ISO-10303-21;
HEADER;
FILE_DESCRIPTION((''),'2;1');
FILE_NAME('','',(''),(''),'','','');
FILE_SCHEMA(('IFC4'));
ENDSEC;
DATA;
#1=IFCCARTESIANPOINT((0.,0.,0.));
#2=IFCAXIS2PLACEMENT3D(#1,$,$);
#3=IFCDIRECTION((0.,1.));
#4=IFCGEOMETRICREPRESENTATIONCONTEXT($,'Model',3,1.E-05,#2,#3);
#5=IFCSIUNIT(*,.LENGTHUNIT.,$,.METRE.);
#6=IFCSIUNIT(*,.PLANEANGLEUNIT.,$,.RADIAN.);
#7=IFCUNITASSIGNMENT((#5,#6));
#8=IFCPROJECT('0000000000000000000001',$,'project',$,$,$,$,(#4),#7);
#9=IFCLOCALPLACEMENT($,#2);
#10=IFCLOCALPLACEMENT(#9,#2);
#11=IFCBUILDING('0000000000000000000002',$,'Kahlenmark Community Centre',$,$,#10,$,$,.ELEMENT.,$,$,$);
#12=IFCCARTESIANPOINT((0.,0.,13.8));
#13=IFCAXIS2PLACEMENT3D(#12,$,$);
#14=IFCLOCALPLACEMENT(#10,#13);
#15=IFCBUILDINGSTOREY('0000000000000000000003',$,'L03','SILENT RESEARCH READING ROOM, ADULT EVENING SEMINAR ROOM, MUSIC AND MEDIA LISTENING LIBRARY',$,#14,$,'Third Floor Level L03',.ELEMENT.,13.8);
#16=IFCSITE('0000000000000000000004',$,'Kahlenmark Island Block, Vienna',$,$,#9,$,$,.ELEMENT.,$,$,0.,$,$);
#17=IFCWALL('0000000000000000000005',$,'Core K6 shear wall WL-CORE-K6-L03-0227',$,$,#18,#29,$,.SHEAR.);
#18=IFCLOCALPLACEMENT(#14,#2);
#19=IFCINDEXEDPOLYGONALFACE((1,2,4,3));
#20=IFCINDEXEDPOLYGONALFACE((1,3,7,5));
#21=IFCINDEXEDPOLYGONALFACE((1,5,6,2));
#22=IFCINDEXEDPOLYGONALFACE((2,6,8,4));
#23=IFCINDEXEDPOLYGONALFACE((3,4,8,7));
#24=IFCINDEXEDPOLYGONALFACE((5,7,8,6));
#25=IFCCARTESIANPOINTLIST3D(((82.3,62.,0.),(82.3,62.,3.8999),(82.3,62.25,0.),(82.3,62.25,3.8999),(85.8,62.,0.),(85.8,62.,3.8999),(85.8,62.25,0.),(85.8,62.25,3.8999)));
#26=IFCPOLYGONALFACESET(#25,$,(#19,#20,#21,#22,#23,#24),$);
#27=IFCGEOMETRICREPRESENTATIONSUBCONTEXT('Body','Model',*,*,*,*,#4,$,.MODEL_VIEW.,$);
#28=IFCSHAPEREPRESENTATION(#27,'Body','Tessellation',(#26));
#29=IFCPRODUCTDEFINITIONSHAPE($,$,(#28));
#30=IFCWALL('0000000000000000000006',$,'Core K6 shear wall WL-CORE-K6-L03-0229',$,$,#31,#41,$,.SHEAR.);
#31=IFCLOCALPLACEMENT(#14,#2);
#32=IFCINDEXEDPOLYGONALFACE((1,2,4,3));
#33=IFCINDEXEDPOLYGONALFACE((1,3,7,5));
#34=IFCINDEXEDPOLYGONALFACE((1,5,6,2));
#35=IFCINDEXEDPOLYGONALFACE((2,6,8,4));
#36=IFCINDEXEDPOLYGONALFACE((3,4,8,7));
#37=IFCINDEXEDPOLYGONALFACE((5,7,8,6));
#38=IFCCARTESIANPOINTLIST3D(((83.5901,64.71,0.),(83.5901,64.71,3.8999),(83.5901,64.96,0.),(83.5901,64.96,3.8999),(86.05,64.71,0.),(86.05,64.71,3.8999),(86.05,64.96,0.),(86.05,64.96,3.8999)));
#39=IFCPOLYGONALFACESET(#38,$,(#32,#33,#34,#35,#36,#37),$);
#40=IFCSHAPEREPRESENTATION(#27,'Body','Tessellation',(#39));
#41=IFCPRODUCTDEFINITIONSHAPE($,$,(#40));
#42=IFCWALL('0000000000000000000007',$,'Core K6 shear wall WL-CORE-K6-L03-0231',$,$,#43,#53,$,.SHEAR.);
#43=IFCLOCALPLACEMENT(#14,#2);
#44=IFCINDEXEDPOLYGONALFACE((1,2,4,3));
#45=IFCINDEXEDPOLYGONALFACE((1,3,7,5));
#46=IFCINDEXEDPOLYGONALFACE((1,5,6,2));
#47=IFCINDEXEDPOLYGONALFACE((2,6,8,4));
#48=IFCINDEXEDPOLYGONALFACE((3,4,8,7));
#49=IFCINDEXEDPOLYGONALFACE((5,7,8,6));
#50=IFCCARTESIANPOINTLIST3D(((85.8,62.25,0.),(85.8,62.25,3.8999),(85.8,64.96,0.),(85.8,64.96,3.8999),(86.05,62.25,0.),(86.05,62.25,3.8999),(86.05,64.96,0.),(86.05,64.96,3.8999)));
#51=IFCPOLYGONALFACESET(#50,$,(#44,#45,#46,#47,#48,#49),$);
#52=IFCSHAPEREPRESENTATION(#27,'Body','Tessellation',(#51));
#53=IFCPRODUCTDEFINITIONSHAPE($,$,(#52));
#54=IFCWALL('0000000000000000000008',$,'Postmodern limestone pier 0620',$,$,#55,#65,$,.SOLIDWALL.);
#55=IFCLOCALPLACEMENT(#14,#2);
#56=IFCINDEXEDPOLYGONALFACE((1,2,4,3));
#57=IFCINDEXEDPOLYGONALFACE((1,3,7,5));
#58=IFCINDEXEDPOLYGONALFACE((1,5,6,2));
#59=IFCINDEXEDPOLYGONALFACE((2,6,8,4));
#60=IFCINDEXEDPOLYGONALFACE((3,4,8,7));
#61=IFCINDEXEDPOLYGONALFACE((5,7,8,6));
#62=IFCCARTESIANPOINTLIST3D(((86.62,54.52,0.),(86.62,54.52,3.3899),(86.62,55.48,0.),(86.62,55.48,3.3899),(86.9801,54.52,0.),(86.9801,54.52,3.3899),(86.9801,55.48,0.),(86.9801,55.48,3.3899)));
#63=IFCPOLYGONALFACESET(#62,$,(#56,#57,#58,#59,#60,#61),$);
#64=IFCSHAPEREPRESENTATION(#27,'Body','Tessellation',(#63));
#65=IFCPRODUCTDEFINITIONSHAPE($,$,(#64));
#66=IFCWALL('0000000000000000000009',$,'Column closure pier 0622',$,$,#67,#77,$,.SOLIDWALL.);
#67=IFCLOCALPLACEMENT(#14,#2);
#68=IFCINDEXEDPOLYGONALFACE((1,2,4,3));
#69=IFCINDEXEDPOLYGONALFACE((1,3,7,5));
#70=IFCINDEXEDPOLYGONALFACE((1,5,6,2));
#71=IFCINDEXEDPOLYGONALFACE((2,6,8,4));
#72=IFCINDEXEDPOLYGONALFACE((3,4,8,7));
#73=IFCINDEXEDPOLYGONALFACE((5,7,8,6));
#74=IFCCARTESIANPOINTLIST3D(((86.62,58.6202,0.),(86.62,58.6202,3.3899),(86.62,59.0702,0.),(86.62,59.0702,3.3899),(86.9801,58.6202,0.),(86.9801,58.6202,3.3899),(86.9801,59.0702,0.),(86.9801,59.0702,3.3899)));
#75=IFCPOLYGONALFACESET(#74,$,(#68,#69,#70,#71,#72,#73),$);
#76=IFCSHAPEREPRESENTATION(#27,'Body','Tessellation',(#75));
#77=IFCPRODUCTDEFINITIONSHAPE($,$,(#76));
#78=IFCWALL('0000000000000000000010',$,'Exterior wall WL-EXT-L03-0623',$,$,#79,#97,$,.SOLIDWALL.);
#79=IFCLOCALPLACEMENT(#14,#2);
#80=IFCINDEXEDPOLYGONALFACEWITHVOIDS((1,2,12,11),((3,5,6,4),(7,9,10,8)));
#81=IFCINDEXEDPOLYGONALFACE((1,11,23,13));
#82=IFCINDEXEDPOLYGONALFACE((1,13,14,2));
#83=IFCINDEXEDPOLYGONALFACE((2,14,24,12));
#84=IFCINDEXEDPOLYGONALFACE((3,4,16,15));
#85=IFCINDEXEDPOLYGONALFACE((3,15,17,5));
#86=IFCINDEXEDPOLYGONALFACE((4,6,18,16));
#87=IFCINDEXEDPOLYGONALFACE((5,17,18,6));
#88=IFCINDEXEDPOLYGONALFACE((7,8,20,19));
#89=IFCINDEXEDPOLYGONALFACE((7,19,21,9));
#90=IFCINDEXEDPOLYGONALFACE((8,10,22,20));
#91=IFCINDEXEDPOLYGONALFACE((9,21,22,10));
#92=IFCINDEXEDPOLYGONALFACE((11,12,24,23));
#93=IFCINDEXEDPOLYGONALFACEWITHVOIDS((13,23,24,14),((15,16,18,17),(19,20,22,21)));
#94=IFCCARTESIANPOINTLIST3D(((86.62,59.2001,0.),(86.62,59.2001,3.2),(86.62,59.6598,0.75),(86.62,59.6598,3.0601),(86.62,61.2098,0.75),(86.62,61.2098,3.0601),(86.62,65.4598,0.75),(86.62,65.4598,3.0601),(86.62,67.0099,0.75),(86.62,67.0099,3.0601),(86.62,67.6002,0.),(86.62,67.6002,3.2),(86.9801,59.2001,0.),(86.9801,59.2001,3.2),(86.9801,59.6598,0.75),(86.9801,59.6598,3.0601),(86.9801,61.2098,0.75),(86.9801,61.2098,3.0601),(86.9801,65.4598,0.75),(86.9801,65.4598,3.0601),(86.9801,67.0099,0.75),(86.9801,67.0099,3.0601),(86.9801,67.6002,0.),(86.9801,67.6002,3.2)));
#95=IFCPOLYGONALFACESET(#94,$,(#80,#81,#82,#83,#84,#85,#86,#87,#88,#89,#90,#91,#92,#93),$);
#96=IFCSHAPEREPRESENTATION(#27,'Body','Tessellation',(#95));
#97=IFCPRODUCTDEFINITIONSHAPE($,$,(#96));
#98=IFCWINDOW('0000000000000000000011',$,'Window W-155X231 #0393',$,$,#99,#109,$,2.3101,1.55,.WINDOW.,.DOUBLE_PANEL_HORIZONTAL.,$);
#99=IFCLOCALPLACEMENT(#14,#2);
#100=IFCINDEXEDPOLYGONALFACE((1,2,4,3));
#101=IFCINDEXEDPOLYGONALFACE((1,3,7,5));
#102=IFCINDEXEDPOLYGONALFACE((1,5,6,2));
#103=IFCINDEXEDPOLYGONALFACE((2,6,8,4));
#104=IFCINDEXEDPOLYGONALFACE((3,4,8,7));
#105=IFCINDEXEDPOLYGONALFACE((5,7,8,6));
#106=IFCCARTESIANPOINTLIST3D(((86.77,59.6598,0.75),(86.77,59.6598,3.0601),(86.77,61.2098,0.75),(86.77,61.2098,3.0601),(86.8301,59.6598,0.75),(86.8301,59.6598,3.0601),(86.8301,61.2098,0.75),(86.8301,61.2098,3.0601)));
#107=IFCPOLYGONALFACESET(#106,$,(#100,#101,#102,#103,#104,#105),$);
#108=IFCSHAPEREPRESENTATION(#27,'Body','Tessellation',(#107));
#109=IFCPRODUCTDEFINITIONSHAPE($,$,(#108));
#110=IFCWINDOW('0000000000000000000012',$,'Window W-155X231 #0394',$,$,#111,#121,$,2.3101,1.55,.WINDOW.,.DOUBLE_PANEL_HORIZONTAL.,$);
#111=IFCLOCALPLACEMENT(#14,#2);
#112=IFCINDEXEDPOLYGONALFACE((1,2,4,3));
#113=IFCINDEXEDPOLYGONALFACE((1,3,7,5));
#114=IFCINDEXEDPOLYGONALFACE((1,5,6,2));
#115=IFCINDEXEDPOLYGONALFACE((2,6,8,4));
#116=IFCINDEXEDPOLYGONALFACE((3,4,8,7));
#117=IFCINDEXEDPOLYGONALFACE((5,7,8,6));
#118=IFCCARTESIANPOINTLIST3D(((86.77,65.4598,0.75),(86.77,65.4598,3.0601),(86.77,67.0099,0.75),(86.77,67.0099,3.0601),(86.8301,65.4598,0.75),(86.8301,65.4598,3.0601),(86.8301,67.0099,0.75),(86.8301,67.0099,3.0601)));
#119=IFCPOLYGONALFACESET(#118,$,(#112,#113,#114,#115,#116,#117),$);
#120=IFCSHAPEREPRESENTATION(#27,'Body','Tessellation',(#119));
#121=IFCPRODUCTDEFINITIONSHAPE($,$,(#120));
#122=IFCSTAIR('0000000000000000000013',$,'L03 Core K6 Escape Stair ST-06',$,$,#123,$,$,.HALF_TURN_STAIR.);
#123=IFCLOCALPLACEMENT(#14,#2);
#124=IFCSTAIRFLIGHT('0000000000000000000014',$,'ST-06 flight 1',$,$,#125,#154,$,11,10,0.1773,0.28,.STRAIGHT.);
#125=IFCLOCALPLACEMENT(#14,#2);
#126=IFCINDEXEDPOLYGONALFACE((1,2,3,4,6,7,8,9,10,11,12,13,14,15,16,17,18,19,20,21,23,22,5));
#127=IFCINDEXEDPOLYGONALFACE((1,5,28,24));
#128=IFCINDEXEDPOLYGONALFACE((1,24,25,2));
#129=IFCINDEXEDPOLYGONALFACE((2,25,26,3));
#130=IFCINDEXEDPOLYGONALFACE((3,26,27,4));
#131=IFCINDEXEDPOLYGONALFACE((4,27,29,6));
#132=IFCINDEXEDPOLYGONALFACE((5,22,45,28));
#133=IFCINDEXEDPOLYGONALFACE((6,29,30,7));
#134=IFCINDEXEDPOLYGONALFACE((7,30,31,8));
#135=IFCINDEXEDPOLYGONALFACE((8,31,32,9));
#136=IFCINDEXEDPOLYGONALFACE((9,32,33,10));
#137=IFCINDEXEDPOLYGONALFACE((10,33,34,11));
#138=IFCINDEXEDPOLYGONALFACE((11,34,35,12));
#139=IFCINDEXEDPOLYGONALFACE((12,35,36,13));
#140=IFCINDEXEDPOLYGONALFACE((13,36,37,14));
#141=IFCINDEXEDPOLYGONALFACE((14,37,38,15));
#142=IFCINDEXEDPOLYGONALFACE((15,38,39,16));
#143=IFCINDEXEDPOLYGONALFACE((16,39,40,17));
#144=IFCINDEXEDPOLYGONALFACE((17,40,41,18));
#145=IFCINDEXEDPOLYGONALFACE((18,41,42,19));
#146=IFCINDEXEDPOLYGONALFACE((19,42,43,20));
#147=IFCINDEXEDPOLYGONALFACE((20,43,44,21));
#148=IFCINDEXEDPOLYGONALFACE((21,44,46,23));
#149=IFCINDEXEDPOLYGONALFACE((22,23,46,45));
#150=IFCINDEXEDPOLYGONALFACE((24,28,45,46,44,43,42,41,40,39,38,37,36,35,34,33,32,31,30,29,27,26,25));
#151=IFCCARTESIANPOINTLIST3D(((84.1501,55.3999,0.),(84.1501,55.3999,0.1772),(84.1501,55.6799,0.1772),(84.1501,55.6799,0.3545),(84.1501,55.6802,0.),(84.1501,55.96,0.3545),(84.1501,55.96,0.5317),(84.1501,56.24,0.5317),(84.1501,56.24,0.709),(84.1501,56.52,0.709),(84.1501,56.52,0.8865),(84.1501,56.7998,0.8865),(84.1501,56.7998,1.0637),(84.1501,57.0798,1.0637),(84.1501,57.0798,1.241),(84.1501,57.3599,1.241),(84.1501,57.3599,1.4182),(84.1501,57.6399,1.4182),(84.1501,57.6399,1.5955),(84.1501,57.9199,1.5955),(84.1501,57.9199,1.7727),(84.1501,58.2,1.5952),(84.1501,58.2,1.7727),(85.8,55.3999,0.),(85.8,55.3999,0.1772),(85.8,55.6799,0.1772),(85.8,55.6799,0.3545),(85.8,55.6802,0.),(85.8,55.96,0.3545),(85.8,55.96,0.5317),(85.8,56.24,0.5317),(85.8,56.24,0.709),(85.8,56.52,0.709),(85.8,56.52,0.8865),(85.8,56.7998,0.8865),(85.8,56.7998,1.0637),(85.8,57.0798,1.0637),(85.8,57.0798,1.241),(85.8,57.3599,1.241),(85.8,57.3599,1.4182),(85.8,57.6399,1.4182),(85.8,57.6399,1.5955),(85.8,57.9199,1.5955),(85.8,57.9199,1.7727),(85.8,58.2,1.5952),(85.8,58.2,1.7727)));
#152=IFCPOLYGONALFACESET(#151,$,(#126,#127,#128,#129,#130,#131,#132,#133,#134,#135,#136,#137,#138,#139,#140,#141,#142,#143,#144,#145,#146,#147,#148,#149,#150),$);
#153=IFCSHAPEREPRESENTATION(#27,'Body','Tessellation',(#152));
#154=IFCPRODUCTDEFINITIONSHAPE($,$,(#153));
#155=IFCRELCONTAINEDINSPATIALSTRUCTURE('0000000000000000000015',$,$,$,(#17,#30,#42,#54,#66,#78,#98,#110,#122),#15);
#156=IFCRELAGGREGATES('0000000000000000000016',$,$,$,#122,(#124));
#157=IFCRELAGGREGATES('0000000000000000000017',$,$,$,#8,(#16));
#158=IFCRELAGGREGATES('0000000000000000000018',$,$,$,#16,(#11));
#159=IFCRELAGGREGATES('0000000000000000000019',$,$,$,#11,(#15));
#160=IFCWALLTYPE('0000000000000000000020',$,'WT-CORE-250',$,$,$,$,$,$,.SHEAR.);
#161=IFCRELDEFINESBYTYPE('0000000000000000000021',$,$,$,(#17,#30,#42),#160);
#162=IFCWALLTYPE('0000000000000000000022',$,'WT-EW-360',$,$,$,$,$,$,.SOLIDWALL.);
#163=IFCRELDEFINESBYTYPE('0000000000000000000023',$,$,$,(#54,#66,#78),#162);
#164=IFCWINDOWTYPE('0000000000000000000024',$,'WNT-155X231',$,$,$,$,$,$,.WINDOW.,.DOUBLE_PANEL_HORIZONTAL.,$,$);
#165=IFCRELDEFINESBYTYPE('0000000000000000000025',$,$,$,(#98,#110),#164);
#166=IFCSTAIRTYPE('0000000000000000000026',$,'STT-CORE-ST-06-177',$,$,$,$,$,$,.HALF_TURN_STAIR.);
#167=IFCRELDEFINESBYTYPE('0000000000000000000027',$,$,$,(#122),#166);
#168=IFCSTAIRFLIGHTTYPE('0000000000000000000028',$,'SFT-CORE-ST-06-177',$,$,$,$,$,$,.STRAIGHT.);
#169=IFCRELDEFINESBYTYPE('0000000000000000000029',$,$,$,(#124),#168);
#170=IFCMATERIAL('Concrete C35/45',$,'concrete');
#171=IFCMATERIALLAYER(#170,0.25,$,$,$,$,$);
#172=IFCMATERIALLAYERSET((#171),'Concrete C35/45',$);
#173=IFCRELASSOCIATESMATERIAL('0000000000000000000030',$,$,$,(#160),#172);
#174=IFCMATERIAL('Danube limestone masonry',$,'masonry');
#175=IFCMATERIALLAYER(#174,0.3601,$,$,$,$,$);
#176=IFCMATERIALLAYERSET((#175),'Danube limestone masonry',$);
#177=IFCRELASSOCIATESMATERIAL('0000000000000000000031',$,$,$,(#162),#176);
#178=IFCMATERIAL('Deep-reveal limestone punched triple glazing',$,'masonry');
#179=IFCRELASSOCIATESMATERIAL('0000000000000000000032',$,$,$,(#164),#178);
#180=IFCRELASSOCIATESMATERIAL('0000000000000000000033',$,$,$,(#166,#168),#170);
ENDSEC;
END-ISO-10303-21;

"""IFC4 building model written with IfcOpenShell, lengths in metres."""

from ifc_helpers import new_model, si_unit, direction, frame, frame_2d, origin, place, context, subcontext, project, spatial, polyline, rectangle, outline, extrude, material, layer, layer_set, type_object, element, fill, aggregate, save


model = new_model("IFC4")

# Units and contexts
model_context = context("Model", 3, precision=1e-05, world=origin(), true_north=direction((0.0, 1.0)))
body_context = subcontext(model_context, "Body", "Model", "MODEL_VIEW")
ifc_project = project(units=[si_unit("LENGTHUNIT", "METRE"), si_unit("PLANEANGLEUNIT", "RADIAN")], contexts=[model_context])

# Site, building, storey
site_placement = place(None, origin())
site = spatial("IfcSite", under=ifc_project, at=site_placement, Name="Kahlenmark Island Block, Vienna", CompositionType="ELEMENT", RefElevation=0.0)
building_placement = place(site_placement, origin())
building = spatial("IfcBuilding", under=site, at=building_placement, Name="Kahlenmark Community Centre", CompositionType="ELEMENT")
storey_placement = place(building_placement, frame((0.0, 0.0, 13.8)))
storey = spatial("IfcBuildingStorey", under=building, at=storey_placement, Name="L03", Description="SILENT RESEARCH READING ROOM, ADULT EVENING SEMINAR ROOM, MUSIC AND MEDIA LISTENING LIBRARY", LongName="Third Floor Level L03", CompositionType="ELEMENT", Elevation=13.8)

# Walls
ifc_material_1 = material(Name="Concrete C35/45", Category="concrete")
ifc_layer_1 = layer(ifc_material_1, 0.25)
ifc_layer_set_1 = layer_set([ifc_layer_1], Name="Concrete C35/45")
wall_type_1 = type_object("IfcWallType", Name="WT-CORE-250", PredefinedType="SHEAR", material=ifc_layer_set_1)
wall_1_placement = place(storey_placement, frame((85.8, 62.125, 0.0), z_axis=(0.0, 0.0, 1.0), x_axis=(-1.0, 0.0, 0.0)))
element("IfcWall", 1, at=wall_1_placement, inside=storey, type_object=wall_type_1, Name="Core K6 shear wall WL-CORE-K6-L03-0227", PredefinedType="SHEAR", context=body_context, shape_type="SweptSolid", body=[
    extrude(rectangle(XDim=3.5, YDim=0.25, at=frame_2d((1.75, 0.0))), origin(), (0.0, 0.0, 1.0), 3.8999),
])
wall_2_placement = place(storey_placement, frame((83.5901, 64.835, 0.0), z_axis=(0.0, 0.0, 1.0), x_axis=(1.0, 0.0, 0.0)))
element("IfcWall", 2, at=wall_2_placement, inside=storey, type_object=wall_type_1, Name="Core K6 shear wall WL-CORE-K6-L03-0229", PredefinedType="SHEAR", context=body_context, shape_type="SweptSolid", body=[
    extrude(rectangle(XDim=2.46, YDim=0.25, at=frame_2d((1.23, 0.0))), origin(), (0.0, 0.0, 1.0), 3.8999),
])

# Walls
wall_3_placement = place(storey_placement, frame((85.925, 62.25, 0.0), z_axis=(0.0, 0.0, 1.0), x_axis=(0.0, 1.0, 0.0)))
element("IfcWall", 3, at=wall_3_placement, inside=storey, type_object=wall_type_1, Name="Core K6 shear wall WL-CORE-K6-L03-0231", PredefinedType="SHEAR", context=body_context, shape_type="SweptSolid", body=[
    extrude(rectangle(XDim=2.71, YDim=0.25, at=frame_2d((1.355, 0.0))), origin(), (0.0, 0.0, 1.0), 3.8999),
])
ifc_material_2 = material(Name="Danube limestone masonry", Category="masonry")
ifc_layer_2 = layer(ifc_material_2, 0.3601)
ifc_layer_set_2 = layer_set([ifc_layer_2], Name="Danube limestone masonry")
wall_type_2 = type_object("IfcWallType", Name="WT-EW-360", PredefinedType="SOLIDWALL", material=ifc_layer_set_2)
wall_4_placement = place(storey_placement, frame((86.8, 54.52, 0.0), z_axis=(0.0, 0.0, 1.0), x_axis=(0.0, 1.0, 0.0)))
element("IfcWall", 4, at=wall_4_placement, inside=storey, type_object=wall_type_2, Name="Postmodern limestone pier 0620", PredefinedType="SOLIDWALL", context=body_context, shape_type="SweptSolid", body=[
    extrude(rectangle(XDim=0.96, YDim=0.3601, at=frame_2d((0.48, 0.0))), origin(), (0.0, 0.0, 1.0), 3.3899),
])
wall_5_placement = place(storey_placement, frame((86.8, 58.6201, 0.0), z_axis=(0.0, 0.0, 1.0), x_axis=(0.0, 1.0, 0.0)))
element("IfcWall", 5, at=wall_5_placement, inside=storey, type_object=wall_type_2, Name="Column closure pier 0622", PredefinedType="SOLIDWALL", context=body_context, shape_type="SweptSolid", body=[
    extrude(rectangle(XDim=0.45, YDim=0.3601, at=frame_2d((0.2251, 0.0))), origin(), (0.0, 0.0, 1.0), 3.3899),
])

# Wall, openings, windows
wall_6_placement = place(storey_placement, frame((86.8, 59.2, 0.0), z_axis=(0.0, 0.0, 1.0), x_axis=(0.0, 1.0, 0.0)))
wall_6 = element("IfcWall", 6, at=wall_6_placement, inside=storey, type_object=wall_type_2, Name="Exterior wall WL-EXT-L03-0623", PredefinedType="SOLIDWALL", context=body_context, shape_type="SweptSolid", body=[
    extrude(rectangle(XDim=8.4001, YDim=0.3601, at=frame_2d((4.2002, 0.0))), origin(), (0.0, 0.0, 1.0), 3.2),
])
opening_1_placement = place(wall_6_placement, frame((0.46, 0.0, 0.75)))
opening_1 = element("IfcOpeningElement", 7, at=opening_1_placement, cuts=wall_6, PredefinedType="OPENING", context=body_context, shape_type="SweptSolid", body=[
    extrude(rectangle(XDim=1.55, YDim=2.3101, at=frame_2d((0.7749, 1.155))), frame((0.0, 0.1899, 0.0), z_axis=(0.0, -1.0, 0.0), x_axis=(1.0, 0.0, 0.0)), (0.0, 0.0, 1.0), 0.3801),
])
opening_2_placement = place(wall_6_placement, frame((6.26, 0.0, 0.75)))
opening_2 = element("IfcOpeningElement", 8, at=opening_2_placement, cuts=wall_6, PredefinedType="OPENING", context=body_context, shape_type="SweptSolid", body=[
    extrude(rectangle(XDim=1.55, YDim=2.3101, at=frame_2d((0.7749, 1.155))), frame((0.0, 0.1899, 0.0), z_axis=(0.0, -1.0, 0.0), x_axis=(1.0, 0.0, 0.0)), (0.0, 0.0, 1.0), 0.3801),
])
ifc_material_3 = material(Name="Deep-reveal limestone punched triple glazing", Category="masonry")
window_type = type_object("IfcWindowType", Name="WNT-155X231", PartitioningType="DOUBLE_PANEL_HORIZONTAL", PredefinedType="WINDOW", material=ifc_material_3)
window_1_placement = place(opening_1_placement, origin())
window_1 = element("IfcWindow", 9, at=window_1_placement, inside=storey, type_object=window_type, Name="Window W-155X231 #0393", OverallHeight=2.3101, OverallWidth=1.55, PartitioningType="DOUBLE_PANEL_HORIZONTAL", PredefinedType="WINDOW", context=body_context, shape_type="SweptSolid", body=[
    extrude(rectangle(XDim=1.55, YDim=2.3101, at=frame_2d((0.7749, 1.155))), frame((0.0, 0.03, 0.0), z_axis=(0.0, -1.0, 0.0), x_axis=(1.0, 0.0, 0.0)), (0.0, 0.0, 1.0), 0.0601),
])
fill(opening_1, window_1)
window_2_placement = place(opening_2_placement, origin())
window_2 = element("IfcWindow", 10, at=window_2_placement, inside=storey, type_object=window_type, Name="Window W-155X231 #0394", OverallHeight=2.3101, OverallWidth=1.55, PartitioningType="DOUBLE_PANEL_HORIZONTAL", PredefinedType="WINDOW", context=body_context, shape_type="SweptSolid", body=[
    extrude(rectangle(XDim=1.55, YDim=2.3101, at=frame_2d((0.7749, 1.155))), frame((0.0, 0.03, 0.0), z_axis=(0.0, -1.0, 0.0), x_axis=(1.0, 0.0, 0.0)), (0.0, 0.0, 1.0), 0.0601),
])
fill(opening_2, window_2)

# Stair, stair flight
stair_type = type_object("IfcStairType", Name="STT-CORE-ST-06-177", PredefinedType="HALF_TURN_STAIR", material=ifc_material_1)
stair_placement = place(storey_placement, origin())
stair = element("IfcStair", 11, at=stair_placement, inside=storey, type_object=stair_type, Name="L03 Core K6 Escape Stair ST-06", PredefinedType="HALF_TURN_STAIR")
stair_flight_type = type_object("IfcStairFlightType", Name="SFT-CORE-ST-06-177", PredefinedType="STRAIGHT", material=ifc_material_1)
stair_flight_1_placement = place(storey_placement, frame((84.9751, 55.3999, 0.0), z_axis=(0.0, 0.0, 1.0), x_axis=(0.0, 1.0, 0.0)))
stair_flight_1 = element("IfcStairFlight", 12, at=stair_flight_1_placement, type_object=stair_flight_type, Name="ST-06 flight 1", NumberOfRisers=11, NumberOfTreads=10, PredefinedType="STRAIGHT", RiserHeight=0.1773, TreadLength=0.28, context=body_context, shape_type="SweptSolid", body=[
    extrude(outline(polyline([(0.0, 0.0), (0.0, 0.1772), (0.28, 0.1772), (0.28, 0.3545), (0.5601, 0.3545), (0.5601, 0.5317), (0.8401, 0.5317), (0.8401, 0.709), (1.1201, 0.709), (1.1201, 0.8865), (1.3999, 0.8865), (1.3999, 1.0637), (1.6799, 1.0637), (1.6799, 1.241), (1.96, 1.241), (1.96, 1.4182), (2.24, 1.4182), (2.24, 1.5955), (2.52, 1.5955), (2.52, 1.7727), (2.8, 1.7727), (2.8, 1.95), (2.8, 1.5952), (0.2803, 0.0), (0.0, 0.0)])), frame((0.0, 0.825, 0.0), z_axis=(0.0, -1.0, 0.0), x_axis=(1.0, 0.0, 0.0)), (0.0, 0.0, 1.0), 1.6499),
])
aggregate(stair, [stair_flight_1])

save(model, "model.ifc")
